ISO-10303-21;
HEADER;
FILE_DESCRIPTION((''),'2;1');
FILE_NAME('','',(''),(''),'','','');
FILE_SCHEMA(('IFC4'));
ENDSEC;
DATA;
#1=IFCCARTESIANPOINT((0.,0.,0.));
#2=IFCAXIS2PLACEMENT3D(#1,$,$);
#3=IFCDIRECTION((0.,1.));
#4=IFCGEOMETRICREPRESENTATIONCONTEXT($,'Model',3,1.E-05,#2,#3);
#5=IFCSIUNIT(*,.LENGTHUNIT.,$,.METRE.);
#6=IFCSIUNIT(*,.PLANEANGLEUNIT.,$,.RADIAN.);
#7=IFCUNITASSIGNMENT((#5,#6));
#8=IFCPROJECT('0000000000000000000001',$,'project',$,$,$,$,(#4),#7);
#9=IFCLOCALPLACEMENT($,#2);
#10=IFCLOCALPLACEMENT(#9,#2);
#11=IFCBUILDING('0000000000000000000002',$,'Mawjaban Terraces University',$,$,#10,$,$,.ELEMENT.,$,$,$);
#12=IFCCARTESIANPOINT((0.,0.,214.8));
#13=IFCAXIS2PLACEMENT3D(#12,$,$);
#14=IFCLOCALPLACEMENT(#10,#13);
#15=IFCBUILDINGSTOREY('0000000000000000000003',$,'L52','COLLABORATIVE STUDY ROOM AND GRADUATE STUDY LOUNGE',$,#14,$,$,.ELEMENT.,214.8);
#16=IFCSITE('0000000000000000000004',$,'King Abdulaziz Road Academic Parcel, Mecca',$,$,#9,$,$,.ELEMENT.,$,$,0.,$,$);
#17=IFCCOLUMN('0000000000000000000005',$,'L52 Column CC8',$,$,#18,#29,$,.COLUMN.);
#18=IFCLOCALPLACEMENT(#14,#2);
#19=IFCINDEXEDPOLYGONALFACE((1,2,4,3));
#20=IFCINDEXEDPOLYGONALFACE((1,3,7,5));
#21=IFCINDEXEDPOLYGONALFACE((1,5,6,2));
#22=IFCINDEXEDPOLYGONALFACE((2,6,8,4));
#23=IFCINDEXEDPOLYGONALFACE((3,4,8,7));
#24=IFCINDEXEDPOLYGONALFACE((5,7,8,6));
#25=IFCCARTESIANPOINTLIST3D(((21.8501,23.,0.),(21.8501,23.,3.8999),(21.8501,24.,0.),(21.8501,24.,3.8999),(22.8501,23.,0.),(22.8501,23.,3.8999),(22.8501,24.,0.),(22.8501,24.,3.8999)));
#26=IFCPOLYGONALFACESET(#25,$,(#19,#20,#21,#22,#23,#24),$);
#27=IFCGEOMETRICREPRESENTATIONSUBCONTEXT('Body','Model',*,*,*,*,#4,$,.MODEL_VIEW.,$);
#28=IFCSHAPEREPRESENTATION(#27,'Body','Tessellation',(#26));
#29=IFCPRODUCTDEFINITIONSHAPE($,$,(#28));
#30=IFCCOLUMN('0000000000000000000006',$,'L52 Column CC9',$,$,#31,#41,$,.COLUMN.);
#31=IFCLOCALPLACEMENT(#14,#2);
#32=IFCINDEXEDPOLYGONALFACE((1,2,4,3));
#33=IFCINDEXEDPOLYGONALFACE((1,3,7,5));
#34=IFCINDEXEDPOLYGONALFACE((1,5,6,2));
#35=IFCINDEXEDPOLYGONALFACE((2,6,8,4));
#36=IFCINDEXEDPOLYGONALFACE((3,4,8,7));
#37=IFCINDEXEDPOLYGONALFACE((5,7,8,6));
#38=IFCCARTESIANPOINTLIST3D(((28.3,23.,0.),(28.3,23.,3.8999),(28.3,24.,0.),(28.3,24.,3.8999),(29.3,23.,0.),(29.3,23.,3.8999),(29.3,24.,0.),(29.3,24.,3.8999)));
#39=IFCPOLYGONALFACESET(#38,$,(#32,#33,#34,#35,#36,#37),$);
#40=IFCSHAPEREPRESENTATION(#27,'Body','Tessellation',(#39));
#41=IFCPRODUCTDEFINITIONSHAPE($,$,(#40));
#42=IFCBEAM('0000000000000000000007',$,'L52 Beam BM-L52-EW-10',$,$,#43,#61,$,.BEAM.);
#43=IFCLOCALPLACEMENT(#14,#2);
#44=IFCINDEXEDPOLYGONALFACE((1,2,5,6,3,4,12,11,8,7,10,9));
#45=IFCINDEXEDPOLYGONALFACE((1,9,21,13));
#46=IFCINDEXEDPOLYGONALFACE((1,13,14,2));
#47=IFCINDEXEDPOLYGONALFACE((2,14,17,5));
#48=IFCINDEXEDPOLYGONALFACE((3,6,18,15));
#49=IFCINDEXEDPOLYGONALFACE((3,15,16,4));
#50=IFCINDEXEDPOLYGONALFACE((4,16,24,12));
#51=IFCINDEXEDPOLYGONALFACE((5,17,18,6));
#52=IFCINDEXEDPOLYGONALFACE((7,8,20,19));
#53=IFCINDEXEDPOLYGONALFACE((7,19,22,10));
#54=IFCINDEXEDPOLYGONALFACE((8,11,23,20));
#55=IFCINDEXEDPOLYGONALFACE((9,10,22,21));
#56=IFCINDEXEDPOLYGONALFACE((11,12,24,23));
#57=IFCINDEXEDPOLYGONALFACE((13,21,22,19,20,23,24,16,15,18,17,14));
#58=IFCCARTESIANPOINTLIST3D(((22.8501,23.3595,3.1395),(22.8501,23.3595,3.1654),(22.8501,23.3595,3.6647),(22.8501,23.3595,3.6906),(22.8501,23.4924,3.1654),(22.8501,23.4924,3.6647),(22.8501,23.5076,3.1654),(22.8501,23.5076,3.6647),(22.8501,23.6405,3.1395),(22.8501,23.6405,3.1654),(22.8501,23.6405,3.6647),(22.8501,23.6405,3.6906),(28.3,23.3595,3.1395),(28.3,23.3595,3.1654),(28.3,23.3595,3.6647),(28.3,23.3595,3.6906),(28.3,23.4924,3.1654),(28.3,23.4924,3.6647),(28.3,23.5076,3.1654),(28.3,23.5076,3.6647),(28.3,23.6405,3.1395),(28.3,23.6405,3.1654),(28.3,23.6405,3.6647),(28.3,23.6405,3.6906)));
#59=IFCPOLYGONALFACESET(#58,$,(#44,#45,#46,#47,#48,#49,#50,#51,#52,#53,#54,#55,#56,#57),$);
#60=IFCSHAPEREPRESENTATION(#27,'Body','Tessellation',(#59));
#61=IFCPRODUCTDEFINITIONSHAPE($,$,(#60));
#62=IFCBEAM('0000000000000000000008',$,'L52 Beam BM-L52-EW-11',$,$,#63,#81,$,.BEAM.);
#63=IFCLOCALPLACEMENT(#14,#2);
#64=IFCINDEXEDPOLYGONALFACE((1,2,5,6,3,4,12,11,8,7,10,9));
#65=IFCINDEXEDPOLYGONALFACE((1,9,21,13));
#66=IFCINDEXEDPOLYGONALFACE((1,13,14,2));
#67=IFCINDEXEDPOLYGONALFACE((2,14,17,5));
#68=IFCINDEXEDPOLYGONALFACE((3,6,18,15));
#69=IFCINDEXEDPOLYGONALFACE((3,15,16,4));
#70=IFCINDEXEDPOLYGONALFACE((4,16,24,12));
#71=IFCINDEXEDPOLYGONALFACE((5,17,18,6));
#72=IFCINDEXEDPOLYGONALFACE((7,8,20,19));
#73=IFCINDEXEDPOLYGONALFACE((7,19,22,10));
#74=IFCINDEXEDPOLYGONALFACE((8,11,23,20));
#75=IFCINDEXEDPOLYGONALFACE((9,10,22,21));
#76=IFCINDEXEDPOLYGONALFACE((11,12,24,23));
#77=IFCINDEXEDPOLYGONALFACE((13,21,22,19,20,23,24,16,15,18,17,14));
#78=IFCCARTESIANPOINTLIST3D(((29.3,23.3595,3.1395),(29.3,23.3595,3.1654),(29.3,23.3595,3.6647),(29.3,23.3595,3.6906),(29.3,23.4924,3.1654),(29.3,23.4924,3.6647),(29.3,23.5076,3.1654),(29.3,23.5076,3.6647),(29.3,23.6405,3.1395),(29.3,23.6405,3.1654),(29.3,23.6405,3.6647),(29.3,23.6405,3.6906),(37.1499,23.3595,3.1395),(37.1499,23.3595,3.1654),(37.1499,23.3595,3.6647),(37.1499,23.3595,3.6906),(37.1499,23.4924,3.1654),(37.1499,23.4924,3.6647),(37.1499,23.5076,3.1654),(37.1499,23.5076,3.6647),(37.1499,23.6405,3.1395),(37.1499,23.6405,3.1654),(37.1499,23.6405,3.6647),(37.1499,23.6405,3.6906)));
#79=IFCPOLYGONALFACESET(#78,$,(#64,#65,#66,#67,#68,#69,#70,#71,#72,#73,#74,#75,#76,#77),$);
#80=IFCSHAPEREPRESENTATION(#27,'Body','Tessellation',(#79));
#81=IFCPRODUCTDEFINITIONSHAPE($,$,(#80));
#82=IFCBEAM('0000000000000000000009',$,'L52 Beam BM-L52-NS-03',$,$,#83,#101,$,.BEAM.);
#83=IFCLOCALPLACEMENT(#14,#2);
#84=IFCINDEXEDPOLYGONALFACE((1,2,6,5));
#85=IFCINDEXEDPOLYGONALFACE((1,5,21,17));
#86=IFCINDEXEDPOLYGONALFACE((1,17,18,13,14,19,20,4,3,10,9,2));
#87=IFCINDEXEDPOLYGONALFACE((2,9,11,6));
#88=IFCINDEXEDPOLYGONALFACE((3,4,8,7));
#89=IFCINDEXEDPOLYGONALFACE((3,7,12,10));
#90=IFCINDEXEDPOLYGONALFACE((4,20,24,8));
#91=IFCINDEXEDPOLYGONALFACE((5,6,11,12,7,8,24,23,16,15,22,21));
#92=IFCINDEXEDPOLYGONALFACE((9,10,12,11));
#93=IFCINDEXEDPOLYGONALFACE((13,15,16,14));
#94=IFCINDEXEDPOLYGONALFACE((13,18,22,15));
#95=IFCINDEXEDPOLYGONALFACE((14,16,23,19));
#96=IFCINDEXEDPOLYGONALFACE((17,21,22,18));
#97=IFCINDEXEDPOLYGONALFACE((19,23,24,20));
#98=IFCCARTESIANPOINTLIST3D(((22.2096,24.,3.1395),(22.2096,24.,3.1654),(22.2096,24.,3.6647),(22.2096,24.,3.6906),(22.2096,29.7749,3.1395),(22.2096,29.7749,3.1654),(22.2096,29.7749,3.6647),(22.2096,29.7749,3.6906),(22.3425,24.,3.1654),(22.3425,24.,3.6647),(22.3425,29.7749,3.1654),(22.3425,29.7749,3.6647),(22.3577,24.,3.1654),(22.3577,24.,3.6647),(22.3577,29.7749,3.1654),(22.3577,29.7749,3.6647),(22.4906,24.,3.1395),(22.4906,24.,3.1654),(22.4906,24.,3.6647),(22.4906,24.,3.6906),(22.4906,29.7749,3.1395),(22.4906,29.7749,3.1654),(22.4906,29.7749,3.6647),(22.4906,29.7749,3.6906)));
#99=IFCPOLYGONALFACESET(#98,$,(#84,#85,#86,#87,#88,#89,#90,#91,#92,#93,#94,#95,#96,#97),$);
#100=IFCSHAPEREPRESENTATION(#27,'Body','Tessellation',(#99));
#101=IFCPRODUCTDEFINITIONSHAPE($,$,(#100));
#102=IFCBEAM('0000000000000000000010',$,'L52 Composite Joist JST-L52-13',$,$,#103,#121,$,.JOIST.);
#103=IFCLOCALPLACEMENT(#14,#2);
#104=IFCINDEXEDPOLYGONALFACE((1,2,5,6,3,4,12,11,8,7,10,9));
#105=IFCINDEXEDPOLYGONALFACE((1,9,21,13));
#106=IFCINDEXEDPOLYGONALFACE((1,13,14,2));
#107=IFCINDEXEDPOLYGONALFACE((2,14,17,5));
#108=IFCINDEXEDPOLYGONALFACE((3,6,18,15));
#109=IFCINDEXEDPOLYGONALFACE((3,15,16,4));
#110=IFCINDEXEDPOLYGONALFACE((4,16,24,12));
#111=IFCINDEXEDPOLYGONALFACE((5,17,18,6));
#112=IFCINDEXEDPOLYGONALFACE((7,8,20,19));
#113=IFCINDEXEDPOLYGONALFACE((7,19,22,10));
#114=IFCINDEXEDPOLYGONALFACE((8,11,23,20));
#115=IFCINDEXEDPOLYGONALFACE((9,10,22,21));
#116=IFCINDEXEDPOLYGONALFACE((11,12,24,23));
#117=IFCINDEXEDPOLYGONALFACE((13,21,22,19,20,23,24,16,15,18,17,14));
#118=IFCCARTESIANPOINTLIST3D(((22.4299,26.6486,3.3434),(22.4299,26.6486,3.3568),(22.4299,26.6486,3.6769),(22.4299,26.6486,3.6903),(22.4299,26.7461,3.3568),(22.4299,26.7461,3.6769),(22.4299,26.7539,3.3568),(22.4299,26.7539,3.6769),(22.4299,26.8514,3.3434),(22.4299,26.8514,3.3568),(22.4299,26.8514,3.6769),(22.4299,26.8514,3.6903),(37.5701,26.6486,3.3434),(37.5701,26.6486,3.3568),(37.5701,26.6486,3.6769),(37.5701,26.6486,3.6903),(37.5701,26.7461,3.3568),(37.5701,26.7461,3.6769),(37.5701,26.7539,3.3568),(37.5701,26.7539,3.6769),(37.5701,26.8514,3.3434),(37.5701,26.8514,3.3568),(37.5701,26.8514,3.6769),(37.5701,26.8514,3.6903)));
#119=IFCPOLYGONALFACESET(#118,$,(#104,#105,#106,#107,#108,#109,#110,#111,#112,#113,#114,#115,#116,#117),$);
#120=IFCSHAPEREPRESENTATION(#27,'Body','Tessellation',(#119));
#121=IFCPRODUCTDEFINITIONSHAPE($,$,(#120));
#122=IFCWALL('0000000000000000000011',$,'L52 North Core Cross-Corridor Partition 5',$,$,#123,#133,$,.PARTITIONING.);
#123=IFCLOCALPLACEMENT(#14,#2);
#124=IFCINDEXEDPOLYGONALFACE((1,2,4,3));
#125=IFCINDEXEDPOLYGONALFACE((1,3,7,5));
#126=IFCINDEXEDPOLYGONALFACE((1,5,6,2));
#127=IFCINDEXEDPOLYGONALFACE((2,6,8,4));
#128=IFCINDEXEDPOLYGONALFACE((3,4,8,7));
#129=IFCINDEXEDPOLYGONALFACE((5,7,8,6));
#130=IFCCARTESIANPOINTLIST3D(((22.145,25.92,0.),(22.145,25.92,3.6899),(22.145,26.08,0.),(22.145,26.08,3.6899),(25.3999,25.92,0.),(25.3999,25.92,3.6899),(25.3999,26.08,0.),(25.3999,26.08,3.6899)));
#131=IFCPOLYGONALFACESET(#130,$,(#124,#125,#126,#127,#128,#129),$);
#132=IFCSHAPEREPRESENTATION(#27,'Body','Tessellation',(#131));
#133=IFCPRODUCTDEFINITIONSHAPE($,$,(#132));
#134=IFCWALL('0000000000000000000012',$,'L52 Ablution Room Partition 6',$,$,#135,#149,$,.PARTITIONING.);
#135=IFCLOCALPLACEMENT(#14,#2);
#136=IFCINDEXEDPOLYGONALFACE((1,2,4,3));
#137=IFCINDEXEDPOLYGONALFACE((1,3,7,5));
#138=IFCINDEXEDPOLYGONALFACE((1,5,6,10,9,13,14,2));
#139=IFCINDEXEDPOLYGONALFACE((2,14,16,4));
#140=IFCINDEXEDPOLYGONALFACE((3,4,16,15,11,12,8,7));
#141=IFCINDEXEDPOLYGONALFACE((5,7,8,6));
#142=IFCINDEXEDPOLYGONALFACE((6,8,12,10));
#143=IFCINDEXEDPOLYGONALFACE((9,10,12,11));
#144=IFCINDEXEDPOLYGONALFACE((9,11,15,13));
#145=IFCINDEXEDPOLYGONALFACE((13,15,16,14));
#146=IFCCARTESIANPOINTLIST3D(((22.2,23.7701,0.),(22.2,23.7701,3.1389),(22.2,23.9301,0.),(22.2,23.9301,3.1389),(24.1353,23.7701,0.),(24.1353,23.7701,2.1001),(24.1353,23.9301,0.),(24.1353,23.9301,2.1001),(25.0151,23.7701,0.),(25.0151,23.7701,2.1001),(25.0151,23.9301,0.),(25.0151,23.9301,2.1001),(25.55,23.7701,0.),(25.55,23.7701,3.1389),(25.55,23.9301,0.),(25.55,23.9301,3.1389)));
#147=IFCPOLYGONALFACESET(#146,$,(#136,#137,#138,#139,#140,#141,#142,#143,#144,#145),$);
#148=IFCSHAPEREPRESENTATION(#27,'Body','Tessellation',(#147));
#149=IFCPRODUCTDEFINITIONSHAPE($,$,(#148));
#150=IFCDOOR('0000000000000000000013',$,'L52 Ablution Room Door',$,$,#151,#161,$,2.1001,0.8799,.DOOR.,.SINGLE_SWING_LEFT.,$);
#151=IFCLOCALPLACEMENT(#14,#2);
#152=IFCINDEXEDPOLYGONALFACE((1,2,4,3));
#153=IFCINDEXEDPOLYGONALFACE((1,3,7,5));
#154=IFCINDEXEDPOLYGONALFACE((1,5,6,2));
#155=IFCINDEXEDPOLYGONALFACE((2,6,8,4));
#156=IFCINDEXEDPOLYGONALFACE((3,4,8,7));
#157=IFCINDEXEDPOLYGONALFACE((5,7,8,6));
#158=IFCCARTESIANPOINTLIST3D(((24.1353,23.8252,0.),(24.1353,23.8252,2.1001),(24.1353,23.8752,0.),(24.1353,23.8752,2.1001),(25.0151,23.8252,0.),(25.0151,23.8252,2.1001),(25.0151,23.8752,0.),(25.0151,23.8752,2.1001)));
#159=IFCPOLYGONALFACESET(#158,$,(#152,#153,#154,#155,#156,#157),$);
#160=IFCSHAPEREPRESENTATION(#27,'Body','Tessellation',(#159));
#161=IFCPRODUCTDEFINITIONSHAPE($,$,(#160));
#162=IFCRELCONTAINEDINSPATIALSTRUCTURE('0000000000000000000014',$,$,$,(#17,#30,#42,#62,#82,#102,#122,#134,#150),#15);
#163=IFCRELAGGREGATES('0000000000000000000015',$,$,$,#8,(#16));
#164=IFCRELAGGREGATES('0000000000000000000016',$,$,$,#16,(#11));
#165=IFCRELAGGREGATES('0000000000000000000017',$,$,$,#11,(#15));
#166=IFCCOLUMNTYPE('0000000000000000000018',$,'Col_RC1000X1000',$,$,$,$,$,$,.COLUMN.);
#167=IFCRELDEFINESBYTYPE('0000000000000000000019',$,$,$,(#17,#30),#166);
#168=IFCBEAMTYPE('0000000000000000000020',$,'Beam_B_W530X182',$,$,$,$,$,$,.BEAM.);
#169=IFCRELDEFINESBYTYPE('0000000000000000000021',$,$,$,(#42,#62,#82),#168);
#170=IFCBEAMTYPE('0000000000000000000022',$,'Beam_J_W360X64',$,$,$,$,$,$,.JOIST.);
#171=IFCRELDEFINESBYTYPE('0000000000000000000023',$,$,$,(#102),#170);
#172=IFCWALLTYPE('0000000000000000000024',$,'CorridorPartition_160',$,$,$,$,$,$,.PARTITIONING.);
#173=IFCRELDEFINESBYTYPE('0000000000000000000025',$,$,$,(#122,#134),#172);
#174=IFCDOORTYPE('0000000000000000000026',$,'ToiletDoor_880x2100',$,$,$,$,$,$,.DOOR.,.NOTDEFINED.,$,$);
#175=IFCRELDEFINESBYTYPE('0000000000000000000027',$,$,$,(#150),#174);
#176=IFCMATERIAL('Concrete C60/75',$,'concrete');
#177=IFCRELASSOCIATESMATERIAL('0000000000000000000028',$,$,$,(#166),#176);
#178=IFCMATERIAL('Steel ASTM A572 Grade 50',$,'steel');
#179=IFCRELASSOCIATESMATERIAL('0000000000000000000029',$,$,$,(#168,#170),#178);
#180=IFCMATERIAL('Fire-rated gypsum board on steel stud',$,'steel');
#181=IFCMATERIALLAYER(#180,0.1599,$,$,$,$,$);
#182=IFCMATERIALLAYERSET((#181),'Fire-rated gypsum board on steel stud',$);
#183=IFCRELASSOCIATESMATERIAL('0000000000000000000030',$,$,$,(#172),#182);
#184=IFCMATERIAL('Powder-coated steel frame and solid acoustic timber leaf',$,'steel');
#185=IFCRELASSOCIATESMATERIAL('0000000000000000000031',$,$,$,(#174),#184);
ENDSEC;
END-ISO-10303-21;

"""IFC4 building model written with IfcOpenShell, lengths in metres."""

from ifc_helpers import new_model, si_unit, direction, frame, frame_2d, origin, origin_2d, place, context, subcontext, project, spatial, rectangle, i_section, extrude, material, layer, layer_set, material_profile, profile_set, type_object, element, fill, save


model = new_model("IFC4")

# Units and contexts
model_context = context("Model", 3, precision=1e-05, world=origin(), true_north=direction((0.0, 1.0)))
body_context = subcontext(model_context, "Body", "Model", "MODEL_VIEW")
ifc_project = project(units=[si_unit("LENGTHUNIT", "METRE"), si_unit("PLANEANGLEUNIT", "RADIAN")], contexts=[model_context])

# Site, building, storey
site_placement = place(None, origin())
site = spatial("IfcSite", under=ifc_project, at=site_placement, Name="King Abdulaziz Road Academic Parcel, Mecca", CompositionType="ELEMENT", RefElevation=0.0)
building_placement = place(site_placement, origin())
building = spatial("IfcBuilding", under=site, at=building_placement, Name="Mawjaban Terraces University", CompositionType="ELEMENT")
storey_placement = place(building_placement, frame((0.0, 0.0, 214.8)))
storey = spatial("IfcBuildingStorey", under=building, at=storey_placement, Name="L52", Description="COLLABORATIVE STUDY ROOM AND GRADUATE STUDY LOUNGE", CompositionType="ELEMENT", Elevation=214.8)

# Columns
ifc_material_1 = material(Name="Concrete C60/75", Category="concrete")
ifc_material_profile_1 = material_profile(ifc_material_1, rectangle(XDim=1.0, YDim=1.0, at=origin_2d()), Name="RC1000X1000")
ifc_profile_set_1 = profile_set([ifc_material_profile_1], Name="Concrete C60/75")
column_type = type_object("IfcColumnType", Name="Col_RC1000X1000", PredefinedType="COLUMN", material=ifc_profile_set_1)
for number, where, z_axis, x_axis, name in (
    (1, (22.3501, 23.5, 0.0), (0.0, 0.0, 1.0), (1.0, 0.0, 0.0), "L52 Column CC8"),
    (2, (28.8, 23.5, 0.0), (0.0, 0.0, 1.0), (1.0, 0.0, 0.0), "L52 Column CC9"),
):
    element("IfcColumn", number, at=place(storey_placement, frame(where, z_axis=z_axis, x_axis=x_axis)), inside=storey, type_object=column_type, Name=name, PredefinedType="COLUMN", context=body_context, shape_type="SweptSolid", body=[
        extrude(rectangle(XDim=1.0, YDim=1.0, at=origin_2d()), origin(), (0.0, 0.0, 1.0), 3.8999),
    ])

# Beams
ifc_material_2 = material(Name="Steel ASTM A572 Grade 50", Category="steel")
ifc_material_profile_2 = material_profile(ifc_material_2, i_section(OverallWidth=0.281, OverallDepth=0.551, WebThickness=0.0151, FlangeThickness=0.0259, at=origin_2d()), Name="W530X182")
ifc_profile_set_2 = profile_set([ifc_material_profile_2], Name="Steel ASTM A572 Grade 50")
beam_type_1 = type_object("IfcBeamType", Name="Beam_B_W530X182", PredefinedType="BEAM", material=ifc_profile_set_2)
beam_1_placement = place(storey_placement, frame((22.8501, 23.5, 3.415), z_axis=(1.0, 0.0, 0.0), x_axis=(0.0, 1.0, 0.0)))
element("IfcBeam", 3, at=beam_1_placement, inside=storey, type_object=beam_type_1, Name="L52 Beam BM-L52-EW-10", PredefinedType="BEAM", context=body_context, shape_type="SweptSolid", body=[
    extrude(i_section(OverallWidth=0.281, OverallDepth=0.551, WebThickness=0.0151, FlangeThickness=0.0259, at=origin_2d()), origin(), (0.0, 0.0, 1.0), 5.45),
])
beam_2_placement = place(storey_placement, frame((29.3, 23.5, 3.415), z_axis=(1.0, 0.0, 0.0), x_axis=(0.0, 1.0, 0.0)))
element("IfcBeam", 4, at=beam_2_placement, inside=storey, type_object=beam_type_1, Name="L52 Beam BM-L52-EW-11", PredefinedType="BEAM", context=body_context, shape_type="SweptSolid", body=[
    extrude(i_section(OverallWidth=0.281, OverallDepth=0.551, WebThickness=0.0151, FlangeThickness=0.0259, at=origin_2d()), origin(), (0.0, 0.0, 1.0), 7.8499),
])
beam_3_placement = place(storey_placement, frame((22.3501, 24.0, 3.415), z_axis=(0.0, 1.0, 0.0), x_axis=(-1.0, 0.0, 0.0)))
element("IfcBeam", 5, at=beam_3_placement, inside=storey, type_object=beam_type_1, Name="L52 Beam BM-L52-NS-03", PredefinedType="BEAM", context=body_context, shape_type="SweptSolid", body=[
    extrude(i_section(OverallWidth=0.281, OverallDepth=0.551, WebThickness=0.0151, FlangeThickness=0.0259, at=origin_2d()), origin(), (0.0, 0.0, 1.0), 5.7749),
])
ifc_material_profile_3 = material_profile(ifc_material_2, i_section(OverallWidth=0.2029, OverallDepth=0.3469, WebThickness=0.0078, FlangeThickness=0.0134, at=origin_2d()), Name="W360X64")
ifc_profile_set_3 = profile_set([ifc_material_profile_3], Name="Steel ASTM A572 Grade 50")
beam_type_2 = type_object("IfcBeamType", Name="Beam_J_W360X64", PredefinedType="JOIST", material=ifc_profile_set_3)
beam_4_placement = place(storey_placement, frame((22.4299, 26.75, 3.5168), z_axis=(1.0, 0.0, 0.0), x_axis=(0.0, 1.0, 0.0)))
element("IfcBeam", 6, at=beam_4_placement, inside=storey, type_object=beam_type_2, Name="L52 Composite Joist JST-L52-13", PredefinedType="JOIST", context=body_context, shape_type="SweptSolid", body=[
    extrude(i_section(OverallWidth=0.2029, OverallDepth=0.3469, WebThickness=0.0078, FlangeThickness=0.0134, at=origin_2d()), origin(), (0.0, 0.0, 1.0), 15.1401),
])

# Wall
ifc_material_3 = material(Name="Fire-rated gypsum board on steel stud", Category="steel")
ifc_layer_1 = layer(ifc_material_3, 0.1599)
ifc_layer_set_1 = layer_set([ifc_layer_1], Name="Fire-rated gypsum board on steel stud")
wall_type_1 = type_object("IfcWallType", Name="CorridorPartition_160", PredefinedType="PARTITIONING", material=ifc_layer_set_1)
wall_1_placement = place(storey_placement, frame((25.3999, 26.0, 0.0), z_axis=(0.0, 0.0, 1.0), x_axis=(-1.0, 0.0, 0.0)))
element("IfcWall", 7, at=wall_1_placement, inside=storey, type_object=wall_type_1, Name="L52 North Core Cross-Corridor Partition 5", PredefinedType="PARTITIONING", context=body_context, shape_type="SweptSolid", body=[
    extrude(rectangle(XDim=3.2549, YDim=0.1599, at=frame_2d((1.6274, 0.0))), origin(), (0.0, 0.0, 1.0), 3.6899),
])

# Wall, opening, door
wall_2_placement = place(storey_placement, frame((25.55, 23.8501, 0.0), z_axis=(0.0, 0.0, 1.0), x_axis=(-1.0, 0.0, 0.0)))
wall_2 = element("IfcWall", 8, at=wall_2_placement, inside=storey, type_object=wall_type_1, Name="L52 Ablution Room Partition 6", PredefinedType="PARTITIONING", context=body_context, shape_type="SweptSolid", body=[
    extrude(rectangle(XDim=3.3501, YDim=0.1599, at=frame_2d((1.675, 0.0))), origin(), (0.0, 0.0, 1.0), 3.1389),
])
opening_1_placement = place(wall_2_placement, frame((0.5349, 0.0, 0.0)))
opening_1 = element("IfcOpeningElement", 9, at=opening_1_placement, cuts=wall_2, PredefinedType="OPENING", context=body_context, shape_type="SweptSolid", body=[
    extrude(rectangle(XDim=0.8799, YDim=2.1001, at=frame_2d((0.4399, 1.05))), frame((0.0, 0.0898, 0.0), z_axis=(0.0, -1.0, 0.0), x_axis=(1.0, 0.0, 0.0)), (0.0, 0.0, 1.0), 0.1799),
])
ifc_material_4 = material(Name="Powder-coated steel frame and solid acoustic timber leaf", Category="steel")
door_type_1 = type_object("IfcDoorType", Name="ToiletDoor_880x2100", OperationType="NOTDEFINED", PredefinedType="DOOR", material=ifc_material_4)
door_1_placement = place(opening_1_placement, origin())
door_1 = element("IfcDoor", 10, at=door_1_placement, inside=storey, type_object=door_type_1, Name="L52 Ablution Room Door", OperationType="SINGLE_SWING_LEFT", OverallHeight=2.1001, OverallWidth=0.8799, PredefinedType="DOOR", context=body_context, shape_type="SweptSolid", body=[
    extrude(rectangle(XDim=0.8799, YDim=2.1001, at=frame_2d((0.4399, 1.05))), frame((0.0, 0.0249, 0.0), z_axis=(0.0, -1.0, 0.0), x_axis=(1.0, 0.0, 0.0)), (0.0, 0.0, 1.0), 0.05),
])
fill(opening_1, door_1)

save(model, "model.ifc")
